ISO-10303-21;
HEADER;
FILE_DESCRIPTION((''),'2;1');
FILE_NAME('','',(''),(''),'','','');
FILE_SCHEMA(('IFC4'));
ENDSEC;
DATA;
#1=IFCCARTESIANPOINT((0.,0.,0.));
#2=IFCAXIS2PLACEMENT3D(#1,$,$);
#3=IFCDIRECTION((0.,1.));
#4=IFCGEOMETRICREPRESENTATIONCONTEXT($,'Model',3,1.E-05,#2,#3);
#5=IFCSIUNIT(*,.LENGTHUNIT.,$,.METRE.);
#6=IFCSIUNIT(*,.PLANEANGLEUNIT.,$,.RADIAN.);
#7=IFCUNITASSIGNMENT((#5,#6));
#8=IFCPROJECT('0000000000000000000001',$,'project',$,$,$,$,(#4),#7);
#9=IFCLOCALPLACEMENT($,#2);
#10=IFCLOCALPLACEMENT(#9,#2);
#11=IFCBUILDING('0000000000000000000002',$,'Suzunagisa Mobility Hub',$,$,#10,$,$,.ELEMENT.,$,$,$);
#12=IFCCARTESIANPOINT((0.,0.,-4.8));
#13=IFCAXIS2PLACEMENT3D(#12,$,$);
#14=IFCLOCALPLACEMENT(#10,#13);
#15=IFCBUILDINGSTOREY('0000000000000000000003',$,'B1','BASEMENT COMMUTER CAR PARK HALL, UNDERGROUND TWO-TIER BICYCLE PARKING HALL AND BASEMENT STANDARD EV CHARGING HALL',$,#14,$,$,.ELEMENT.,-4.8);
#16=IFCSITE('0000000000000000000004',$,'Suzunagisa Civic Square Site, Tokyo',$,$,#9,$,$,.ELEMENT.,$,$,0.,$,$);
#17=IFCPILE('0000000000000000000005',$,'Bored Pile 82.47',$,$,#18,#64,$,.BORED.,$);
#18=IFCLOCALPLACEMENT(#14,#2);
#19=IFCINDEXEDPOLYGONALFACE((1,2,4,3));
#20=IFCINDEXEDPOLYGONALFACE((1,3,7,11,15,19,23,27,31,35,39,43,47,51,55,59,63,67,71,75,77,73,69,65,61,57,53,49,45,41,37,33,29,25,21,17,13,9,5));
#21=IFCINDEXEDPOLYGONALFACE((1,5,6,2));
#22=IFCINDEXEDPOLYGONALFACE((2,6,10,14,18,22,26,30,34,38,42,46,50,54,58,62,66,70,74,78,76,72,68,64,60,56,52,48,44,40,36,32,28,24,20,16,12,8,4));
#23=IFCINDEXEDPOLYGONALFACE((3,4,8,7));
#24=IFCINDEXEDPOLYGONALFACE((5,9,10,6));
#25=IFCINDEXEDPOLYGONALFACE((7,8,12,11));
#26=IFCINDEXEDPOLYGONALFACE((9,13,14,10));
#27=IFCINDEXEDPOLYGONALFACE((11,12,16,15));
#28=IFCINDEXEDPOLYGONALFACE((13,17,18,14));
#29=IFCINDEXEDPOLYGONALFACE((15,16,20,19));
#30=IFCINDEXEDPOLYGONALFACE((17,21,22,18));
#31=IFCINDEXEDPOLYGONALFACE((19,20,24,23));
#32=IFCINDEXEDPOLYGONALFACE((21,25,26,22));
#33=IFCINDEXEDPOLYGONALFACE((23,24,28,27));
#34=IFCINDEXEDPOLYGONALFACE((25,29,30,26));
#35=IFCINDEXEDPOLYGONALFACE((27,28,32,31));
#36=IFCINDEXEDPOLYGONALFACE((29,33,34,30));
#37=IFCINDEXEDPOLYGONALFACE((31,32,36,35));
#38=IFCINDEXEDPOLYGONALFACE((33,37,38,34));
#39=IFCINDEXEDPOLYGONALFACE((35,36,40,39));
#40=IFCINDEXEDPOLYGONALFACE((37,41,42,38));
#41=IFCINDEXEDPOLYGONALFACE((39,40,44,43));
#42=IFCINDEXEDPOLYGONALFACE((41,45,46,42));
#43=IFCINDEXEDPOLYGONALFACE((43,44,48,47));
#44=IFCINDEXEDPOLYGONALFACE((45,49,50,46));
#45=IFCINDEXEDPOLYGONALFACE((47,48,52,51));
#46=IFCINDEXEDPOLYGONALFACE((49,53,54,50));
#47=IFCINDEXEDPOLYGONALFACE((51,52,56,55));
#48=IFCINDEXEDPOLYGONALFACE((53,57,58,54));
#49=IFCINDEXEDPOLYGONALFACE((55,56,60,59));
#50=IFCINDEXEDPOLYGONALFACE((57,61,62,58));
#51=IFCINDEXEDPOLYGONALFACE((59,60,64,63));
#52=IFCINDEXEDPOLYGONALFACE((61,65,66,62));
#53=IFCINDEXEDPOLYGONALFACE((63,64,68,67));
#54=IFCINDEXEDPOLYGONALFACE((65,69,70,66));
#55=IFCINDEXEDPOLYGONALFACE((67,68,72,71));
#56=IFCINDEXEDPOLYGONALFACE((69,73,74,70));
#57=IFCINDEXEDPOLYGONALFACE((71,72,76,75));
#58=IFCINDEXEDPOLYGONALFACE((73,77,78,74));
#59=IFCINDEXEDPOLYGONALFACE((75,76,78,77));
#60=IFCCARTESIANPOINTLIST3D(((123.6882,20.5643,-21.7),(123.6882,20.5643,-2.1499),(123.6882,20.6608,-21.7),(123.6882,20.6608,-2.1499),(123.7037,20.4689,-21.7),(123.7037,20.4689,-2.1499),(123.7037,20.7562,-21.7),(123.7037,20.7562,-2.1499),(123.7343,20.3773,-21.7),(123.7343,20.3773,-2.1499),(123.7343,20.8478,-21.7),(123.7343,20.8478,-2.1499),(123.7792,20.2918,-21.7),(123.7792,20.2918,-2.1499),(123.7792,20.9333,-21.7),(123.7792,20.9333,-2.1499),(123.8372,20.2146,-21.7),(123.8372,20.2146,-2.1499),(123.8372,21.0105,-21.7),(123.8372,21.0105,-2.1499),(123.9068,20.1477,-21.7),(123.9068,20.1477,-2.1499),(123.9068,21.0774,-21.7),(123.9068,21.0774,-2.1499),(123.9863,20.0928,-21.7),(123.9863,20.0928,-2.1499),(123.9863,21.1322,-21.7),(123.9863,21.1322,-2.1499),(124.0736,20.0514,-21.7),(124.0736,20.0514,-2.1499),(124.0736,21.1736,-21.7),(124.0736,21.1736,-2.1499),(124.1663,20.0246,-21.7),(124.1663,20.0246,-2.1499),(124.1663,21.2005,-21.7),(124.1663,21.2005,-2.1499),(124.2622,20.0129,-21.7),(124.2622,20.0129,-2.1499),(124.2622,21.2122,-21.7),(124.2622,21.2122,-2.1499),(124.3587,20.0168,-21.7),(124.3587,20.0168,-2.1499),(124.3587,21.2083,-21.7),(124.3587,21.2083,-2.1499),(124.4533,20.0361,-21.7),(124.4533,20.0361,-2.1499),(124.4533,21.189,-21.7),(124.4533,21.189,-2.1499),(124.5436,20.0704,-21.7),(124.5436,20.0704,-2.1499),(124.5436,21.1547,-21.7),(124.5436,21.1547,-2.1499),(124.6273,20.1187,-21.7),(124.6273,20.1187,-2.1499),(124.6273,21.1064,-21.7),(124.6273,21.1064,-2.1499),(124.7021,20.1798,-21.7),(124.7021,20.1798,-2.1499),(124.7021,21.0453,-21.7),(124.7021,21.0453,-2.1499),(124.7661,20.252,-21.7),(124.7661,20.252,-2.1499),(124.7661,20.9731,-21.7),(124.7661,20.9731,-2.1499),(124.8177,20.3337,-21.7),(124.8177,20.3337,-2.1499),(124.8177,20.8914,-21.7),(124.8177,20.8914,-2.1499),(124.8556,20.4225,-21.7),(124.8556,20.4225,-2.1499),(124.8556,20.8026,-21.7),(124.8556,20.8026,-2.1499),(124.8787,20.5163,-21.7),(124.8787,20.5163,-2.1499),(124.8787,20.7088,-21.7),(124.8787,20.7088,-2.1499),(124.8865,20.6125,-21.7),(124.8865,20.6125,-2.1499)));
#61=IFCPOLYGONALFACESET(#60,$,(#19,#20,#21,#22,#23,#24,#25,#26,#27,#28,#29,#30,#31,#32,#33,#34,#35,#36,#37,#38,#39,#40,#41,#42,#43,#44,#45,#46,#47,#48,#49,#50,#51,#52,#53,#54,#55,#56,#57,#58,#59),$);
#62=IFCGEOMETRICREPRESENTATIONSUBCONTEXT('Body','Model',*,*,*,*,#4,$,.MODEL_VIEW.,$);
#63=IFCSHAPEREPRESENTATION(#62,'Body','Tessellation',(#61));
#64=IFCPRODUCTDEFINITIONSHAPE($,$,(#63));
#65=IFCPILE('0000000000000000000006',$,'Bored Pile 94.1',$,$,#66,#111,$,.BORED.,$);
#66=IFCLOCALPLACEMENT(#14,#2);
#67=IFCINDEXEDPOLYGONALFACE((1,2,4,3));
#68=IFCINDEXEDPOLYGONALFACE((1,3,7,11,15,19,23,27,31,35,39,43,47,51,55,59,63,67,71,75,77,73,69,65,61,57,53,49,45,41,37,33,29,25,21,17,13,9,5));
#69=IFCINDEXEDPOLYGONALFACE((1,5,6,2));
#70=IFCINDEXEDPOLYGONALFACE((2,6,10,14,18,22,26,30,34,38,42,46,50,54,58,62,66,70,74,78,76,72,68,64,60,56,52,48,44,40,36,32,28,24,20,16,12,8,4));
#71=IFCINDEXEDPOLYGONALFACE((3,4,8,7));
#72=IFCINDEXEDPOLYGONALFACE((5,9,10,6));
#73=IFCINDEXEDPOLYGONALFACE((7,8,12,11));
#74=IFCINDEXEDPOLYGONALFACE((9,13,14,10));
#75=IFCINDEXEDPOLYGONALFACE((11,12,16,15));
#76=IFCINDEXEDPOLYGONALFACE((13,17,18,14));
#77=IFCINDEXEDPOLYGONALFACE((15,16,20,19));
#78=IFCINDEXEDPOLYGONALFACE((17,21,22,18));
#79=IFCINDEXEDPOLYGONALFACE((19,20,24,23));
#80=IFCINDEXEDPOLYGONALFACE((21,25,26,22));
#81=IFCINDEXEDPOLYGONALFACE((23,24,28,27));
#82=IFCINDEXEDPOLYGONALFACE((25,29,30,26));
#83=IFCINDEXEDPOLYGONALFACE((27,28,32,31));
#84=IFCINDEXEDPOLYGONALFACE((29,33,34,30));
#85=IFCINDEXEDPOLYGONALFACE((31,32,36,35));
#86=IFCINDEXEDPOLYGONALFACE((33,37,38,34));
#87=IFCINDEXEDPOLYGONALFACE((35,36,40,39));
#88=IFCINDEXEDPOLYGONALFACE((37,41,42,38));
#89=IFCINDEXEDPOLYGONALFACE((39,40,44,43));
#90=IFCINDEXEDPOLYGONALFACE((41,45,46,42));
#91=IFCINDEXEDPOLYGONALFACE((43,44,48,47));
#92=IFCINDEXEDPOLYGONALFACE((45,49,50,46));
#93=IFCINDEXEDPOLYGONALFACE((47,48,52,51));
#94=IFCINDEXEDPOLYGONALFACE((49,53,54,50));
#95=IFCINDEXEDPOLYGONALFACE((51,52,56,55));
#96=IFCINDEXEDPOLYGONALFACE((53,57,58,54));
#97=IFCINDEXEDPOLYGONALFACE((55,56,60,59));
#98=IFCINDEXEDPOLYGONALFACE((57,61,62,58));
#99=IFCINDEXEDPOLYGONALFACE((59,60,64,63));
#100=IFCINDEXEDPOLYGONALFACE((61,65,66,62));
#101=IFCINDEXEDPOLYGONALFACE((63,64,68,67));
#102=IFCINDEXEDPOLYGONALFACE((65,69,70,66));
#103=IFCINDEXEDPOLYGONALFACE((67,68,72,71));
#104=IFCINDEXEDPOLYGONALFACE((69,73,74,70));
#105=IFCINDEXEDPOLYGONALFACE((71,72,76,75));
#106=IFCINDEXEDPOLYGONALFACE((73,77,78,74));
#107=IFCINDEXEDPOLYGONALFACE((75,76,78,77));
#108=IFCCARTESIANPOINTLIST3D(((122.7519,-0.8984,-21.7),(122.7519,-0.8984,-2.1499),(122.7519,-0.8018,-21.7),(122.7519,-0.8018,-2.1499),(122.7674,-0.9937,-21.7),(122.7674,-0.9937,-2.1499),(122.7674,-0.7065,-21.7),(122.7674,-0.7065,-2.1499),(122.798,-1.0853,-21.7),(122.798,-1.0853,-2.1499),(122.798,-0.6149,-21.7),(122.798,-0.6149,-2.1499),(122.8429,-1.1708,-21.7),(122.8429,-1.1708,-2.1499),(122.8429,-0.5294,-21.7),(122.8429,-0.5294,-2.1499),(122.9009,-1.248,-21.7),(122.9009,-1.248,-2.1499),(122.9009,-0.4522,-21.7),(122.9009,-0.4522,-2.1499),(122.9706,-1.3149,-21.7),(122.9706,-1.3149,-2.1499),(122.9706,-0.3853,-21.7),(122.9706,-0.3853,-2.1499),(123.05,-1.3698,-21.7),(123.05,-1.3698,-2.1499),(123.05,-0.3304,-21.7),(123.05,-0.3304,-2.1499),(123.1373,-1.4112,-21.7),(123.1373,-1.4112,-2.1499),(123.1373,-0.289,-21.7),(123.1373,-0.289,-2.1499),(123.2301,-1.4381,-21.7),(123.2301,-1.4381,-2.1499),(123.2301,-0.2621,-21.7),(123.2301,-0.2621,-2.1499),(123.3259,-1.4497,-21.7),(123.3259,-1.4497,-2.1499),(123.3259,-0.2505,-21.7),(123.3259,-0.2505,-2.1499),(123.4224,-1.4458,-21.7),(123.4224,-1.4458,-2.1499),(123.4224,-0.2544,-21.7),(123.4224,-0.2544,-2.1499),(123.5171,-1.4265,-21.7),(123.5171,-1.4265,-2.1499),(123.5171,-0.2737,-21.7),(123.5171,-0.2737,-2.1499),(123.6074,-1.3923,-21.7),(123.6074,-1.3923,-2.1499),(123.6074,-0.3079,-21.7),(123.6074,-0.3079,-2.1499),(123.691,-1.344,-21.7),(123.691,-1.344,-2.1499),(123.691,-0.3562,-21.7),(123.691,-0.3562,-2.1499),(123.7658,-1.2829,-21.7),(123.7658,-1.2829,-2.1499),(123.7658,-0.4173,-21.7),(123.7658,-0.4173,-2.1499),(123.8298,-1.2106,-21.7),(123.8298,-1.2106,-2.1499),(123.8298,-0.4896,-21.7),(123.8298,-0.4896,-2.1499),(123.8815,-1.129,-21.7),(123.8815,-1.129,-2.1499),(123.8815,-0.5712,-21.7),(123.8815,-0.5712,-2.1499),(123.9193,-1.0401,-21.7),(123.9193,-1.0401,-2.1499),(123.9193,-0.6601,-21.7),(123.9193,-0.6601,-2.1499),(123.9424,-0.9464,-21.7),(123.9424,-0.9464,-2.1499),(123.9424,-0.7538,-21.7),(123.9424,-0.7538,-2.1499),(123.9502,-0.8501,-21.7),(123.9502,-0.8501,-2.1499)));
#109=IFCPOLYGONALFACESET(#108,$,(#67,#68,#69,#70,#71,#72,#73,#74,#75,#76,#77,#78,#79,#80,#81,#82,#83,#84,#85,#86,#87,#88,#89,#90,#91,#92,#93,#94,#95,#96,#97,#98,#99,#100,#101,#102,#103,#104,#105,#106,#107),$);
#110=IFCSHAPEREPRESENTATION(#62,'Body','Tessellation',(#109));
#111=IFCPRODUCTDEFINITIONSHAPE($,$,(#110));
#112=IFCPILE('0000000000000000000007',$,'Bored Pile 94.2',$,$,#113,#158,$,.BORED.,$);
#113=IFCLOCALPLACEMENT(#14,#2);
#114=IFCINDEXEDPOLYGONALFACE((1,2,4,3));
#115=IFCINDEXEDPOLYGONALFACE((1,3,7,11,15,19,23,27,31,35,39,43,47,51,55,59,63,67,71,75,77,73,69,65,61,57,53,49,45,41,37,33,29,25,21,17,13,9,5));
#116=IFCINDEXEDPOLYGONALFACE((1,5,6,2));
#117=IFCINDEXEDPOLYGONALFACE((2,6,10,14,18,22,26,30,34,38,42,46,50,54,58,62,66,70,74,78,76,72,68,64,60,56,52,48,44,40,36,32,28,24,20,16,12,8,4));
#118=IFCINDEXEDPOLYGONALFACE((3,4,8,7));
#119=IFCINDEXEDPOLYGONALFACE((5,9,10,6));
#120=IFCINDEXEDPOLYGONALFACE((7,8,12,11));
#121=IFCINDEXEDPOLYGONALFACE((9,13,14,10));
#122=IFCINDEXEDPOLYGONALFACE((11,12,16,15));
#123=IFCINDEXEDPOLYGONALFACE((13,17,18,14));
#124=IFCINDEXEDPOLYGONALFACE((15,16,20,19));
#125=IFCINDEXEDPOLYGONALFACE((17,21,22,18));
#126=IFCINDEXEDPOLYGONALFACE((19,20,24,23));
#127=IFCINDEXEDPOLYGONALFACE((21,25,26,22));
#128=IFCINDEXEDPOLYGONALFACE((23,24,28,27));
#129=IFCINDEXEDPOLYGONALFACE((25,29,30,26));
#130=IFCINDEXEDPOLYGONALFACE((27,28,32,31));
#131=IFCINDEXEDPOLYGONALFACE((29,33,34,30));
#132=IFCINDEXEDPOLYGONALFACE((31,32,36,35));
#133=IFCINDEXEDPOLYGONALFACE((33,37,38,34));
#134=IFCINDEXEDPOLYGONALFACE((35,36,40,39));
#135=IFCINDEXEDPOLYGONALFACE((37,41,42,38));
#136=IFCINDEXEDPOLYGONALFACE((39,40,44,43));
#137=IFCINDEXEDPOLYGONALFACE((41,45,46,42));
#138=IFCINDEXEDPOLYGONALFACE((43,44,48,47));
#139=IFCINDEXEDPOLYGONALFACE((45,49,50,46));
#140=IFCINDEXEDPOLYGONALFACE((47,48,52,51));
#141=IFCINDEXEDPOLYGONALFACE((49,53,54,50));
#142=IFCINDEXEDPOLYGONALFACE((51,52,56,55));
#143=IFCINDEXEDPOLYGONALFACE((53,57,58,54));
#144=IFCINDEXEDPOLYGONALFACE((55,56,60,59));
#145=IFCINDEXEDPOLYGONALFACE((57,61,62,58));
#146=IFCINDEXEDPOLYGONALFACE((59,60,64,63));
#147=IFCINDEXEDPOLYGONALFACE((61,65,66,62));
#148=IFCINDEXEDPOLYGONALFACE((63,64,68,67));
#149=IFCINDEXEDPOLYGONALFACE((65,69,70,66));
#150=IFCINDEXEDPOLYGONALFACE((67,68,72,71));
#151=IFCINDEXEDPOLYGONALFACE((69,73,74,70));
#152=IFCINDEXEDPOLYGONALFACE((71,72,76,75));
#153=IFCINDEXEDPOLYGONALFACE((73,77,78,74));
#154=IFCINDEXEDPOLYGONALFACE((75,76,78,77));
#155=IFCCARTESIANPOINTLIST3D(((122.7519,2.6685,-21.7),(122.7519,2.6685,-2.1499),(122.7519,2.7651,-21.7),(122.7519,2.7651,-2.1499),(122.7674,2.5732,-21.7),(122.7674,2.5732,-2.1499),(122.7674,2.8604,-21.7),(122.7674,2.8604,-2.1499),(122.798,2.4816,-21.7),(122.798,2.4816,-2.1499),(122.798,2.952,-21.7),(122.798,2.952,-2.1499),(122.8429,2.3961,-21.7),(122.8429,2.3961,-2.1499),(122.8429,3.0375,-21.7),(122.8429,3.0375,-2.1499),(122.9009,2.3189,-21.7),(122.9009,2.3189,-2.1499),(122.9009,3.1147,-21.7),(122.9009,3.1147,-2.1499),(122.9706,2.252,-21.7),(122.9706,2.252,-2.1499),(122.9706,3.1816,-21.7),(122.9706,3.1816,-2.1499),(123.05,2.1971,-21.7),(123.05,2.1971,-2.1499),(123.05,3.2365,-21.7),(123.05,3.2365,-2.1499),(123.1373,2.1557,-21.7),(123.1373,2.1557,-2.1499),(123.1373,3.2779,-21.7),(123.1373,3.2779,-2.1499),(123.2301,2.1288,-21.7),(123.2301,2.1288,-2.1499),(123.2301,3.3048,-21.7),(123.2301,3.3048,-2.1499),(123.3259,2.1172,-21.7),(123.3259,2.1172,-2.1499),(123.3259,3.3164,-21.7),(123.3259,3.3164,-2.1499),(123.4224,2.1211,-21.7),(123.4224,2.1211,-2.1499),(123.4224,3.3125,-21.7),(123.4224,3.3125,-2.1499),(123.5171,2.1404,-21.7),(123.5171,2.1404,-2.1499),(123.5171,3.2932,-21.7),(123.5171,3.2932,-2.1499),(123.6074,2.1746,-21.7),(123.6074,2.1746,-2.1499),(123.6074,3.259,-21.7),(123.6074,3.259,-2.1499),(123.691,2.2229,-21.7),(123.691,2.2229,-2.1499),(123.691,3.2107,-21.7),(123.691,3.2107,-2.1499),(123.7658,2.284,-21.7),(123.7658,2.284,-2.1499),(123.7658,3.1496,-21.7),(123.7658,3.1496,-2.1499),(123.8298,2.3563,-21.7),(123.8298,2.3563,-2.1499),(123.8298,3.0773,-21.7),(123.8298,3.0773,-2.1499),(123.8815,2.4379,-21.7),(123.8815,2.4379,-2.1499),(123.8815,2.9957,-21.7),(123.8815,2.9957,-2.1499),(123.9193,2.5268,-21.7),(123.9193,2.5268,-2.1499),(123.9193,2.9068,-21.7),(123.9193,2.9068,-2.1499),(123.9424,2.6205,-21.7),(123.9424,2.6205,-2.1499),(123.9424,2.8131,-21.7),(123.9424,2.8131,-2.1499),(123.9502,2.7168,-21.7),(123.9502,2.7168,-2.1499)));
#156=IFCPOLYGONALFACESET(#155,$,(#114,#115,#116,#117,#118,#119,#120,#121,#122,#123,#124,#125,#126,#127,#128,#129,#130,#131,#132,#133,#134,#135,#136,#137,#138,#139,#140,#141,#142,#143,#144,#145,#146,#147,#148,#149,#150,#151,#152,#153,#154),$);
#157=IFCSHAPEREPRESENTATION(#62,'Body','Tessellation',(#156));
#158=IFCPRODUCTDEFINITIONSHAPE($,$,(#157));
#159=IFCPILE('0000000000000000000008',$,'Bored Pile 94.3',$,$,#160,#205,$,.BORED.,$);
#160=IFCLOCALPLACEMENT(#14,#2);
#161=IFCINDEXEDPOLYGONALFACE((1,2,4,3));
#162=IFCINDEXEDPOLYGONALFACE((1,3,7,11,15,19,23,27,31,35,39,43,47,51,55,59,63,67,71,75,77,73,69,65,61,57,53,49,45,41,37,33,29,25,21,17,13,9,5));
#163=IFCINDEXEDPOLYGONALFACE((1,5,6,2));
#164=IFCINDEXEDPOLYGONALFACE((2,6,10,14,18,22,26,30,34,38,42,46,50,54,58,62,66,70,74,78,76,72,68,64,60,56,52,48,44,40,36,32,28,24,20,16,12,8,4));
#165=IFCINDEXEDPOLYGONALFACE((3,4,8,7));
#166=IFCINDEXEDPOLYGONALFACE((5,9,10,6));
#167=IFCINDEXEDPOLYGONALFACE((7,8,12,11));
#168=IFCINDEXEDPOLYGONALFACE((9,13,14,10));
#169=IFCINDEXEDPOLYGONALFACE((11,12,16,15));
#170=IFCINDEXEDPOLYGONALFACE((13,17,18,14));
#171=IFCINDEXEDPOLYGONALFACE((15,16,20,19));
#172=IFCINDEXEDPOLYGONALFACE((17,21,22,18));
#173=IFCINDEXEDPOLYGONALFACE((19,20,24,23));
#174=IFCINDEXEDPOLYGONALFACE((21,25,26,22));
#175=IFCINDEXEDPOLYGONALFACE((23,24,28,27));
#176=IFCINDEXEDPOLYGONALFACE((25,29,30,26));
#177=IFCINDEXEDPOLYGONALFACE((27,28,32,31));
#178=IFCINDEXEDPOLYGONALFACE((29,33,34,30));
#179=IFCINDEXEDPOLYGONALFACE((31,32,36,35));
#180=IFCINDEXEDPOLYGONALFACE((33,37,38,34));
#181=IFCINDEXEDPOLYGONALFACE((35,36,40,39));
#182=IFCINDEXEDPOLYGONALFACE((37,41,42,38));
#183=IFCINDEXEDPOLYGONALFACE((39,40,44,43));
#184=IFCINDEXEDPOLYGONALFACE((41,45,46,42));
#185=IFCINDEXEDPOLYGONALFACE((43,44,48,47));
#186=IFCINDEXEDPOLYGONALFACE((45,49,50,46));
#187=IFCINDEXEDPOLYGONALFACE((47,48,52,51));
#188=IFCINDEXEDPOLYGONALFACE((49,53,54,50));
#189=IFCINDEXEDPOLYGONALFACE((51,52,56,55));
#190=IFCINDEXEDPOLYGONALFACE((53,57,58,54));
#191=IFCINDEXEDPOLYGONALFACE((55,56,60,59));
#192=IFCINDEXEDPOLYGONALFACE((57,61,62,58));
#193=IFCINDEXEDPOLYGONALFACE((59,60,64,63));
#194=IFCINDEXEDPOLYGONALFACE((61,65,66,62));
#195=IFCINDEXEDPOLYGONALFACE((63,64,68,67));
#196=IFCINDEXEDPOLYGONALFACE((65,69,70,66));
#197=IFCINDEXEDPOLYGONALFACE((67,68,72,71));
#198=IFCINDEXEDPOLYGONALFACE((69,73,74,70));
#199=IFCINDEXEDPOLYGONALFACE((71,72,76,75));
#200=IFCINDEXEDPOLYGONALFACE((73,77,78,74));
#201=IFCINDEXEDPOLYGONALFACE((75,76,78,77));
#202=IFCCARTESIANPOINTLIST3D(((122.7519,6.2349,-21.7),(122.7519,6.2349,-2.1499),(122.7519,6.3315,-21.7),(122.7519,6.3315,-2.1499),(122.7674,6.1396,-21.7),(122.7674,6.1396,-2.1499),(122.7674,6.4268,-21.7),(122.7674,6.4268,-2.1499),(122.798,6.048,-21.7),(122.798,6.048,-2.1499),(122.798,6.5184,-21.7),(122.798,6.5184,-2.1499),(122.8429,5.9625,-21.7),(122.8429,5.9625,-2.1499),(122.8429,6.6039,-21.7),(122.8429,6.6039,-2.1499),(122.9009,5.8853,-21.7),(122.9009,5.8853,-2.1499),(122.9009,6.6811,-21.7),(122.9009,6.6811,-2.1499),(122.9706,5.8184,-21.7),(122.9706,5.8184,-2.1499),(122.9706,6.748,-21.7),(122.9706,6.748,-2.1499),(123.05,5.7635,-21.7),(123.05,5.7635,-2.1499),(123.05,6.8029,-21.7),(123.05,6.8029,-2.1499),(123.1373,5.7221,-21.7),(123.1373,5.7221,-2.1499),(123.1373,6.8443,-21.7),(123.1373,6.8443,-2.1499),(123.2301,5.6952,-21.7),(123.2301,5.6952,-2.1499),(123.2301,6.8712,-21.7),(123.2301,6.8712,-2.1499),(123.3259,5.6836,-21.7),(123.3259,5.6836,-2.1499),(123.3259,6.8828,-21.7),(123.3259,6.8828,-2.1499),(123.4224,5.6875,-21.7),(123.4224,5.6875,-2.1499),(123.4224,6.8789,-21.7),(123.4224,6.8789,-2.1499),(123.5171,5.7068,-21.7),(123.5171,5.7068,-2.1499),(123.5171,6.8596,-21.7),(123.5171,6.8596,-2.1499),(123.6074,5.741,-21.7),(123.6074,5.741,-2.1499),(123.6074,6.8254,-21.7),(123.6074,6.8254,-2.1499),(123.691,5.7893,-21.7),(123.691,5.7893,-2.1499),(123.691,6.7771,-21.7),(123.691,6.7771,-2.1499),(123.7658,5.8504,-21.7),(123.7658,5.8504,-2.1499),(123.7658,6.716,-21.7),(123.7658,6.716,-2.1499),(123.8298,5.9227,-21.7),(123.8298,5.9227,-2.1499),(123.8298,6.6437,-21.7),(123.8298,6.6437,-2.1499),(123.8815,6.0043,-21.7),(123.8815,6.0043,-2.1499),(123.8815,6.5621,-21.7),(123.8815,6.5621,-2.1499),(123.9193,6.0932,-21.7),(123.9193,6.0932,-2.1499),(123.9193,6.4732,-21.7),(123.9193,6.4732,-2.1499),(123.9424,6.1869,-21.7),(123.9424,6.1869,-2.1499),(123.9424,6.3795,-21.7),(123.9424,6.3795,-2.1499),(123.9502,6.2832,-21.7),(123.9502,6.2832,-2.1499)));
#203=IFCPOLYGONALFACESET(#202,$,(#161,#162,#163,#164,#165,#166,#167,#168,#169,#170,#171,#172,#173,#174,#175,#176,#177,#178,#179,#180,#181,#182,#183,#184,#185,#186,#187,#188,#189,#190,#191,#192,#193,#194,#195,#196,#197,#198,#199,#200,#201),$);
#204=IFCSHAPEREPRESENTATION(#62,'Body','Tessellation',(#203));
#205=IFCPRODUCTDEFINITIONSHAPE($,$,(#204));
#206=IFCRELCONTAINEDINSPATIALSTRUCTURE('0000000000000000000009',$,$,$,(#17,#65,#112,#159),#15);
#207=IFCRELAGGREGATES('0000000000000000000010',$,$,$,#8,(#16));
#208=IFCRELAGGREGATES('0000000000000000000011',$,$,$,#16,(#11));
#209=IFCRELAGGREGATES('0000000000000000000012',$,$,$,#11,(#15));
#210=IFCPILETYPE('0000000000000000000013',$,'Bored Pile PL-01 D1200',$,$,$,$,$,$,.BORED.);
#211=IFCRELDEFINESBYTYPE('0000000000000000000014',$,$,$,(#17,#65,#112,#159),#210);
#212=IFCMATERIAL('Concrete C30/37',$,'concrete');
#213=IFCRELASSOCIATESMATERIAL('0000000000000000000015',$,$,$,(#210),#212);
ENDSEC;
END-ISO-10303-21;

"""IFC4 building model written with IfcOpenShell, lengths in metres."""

from ifc_helpers import new_model, si_unit, direction, frame, origin, origin_2d, place, context, subcontext, project, spatial, circle, extrude, material, material_profile, profile_set, type_object, element, save


model = new_model("IFC4")

# Units and contexts
model_context = context("Model", 3, precision=1e-05, world=origin(), true_north=direction((0.0, 1.0)))
body_context = subcontext(model_context, "Body", "Model", "MODEL_VIEW")
ifc_project = project(units=[si_unit("LENGTHUNIT", "METRE"), si_unit("PLANEANGLEUNIT", "RADIAN")], contexts=[model_context])

# Site, building, storey
site_placement = place(None, origin())
site = spatial("IfcSite", under=ifc_project, at=site_placement, Name="Suzunagisa Civic Square Site, Tokyo", CompositionType="ELEMENT", RefElevation=0.0)
building_placement = place(site_placement, origin())
building = spatial("IfcBuilding", under=site, at=building_placement, Name="Suzunagisa Mobility Hub", CompositionType="ELEMENT")
storey_placement = place(building_placement, frame((0.0, 0.0, -4.8)))
storey = spatial("IfcBuildingStorey", under=building, at=storey_placement, Name="B1", Description="BASEMENT COMMUTER CAR PARK HALL, UNDERGROUND TWO-TIER BICYCLE PARKING HALL AND BASEMENT STANDARD EV CHARGING HALL", CompositionType="ELEMENT", Elevation=-4.8)

# Piles
ifc_material_1 = material(Name="Concrete C30/37", Category="concrete")
ifc_material_profile_1 = material_profile(ifc_material_1, circle(Radius=0.6001, at=origin_2d()), Name="BORED PILE D1200")
ifc_profile_set_1 = profile_set([ifc_material_profile_1], Name="Concrete C30/37")
pile_type = type_object("IfcPileType", Name="Bored Pile PL-01 D1200", PredefinedType="BORED", material=ifc_profile_set_1)
for number, where, z_axis, x_axis, name in (
    (1, (124.2864, 20.6125, -2.1499), (0.0, 0.0, -1.0), (1.0, 0.0, 0.0), "Bored Pile 82.47"),
    (2, (123.3501, -0.8501, -2.1499), (0.0, 0.0, -1.0), (1.0, 0.0, 0.0), "Bored Pile 94.1"),
    (3, (123.3501, 2.7168, -2.1499), (0.0, 0.0, -1.0), (1.0, 0.0, 0.0), "Bored Pile 94.2"),
    (4, (123.3501, 6.2832, -2.1499), (0.0, 0.0, -1.0), (1.0, 0.0, 0.0), "Bored Pile 94.3"),
):
    element("IfcPile", number, at=place(storey_placement, frame(where, z_axis=z_axis, x_axis=x_axis)), inside=storey, type_object=pile_type, Name=name, PredefinedType="BORED", context=body_context, shape_type="SweptSolid", body=[
        extrude(circle(Radius=0.6001, at=origin_2d()), origin(), (0.0, 0.0, 1.0), 19.55),
    ])

save(model, "model.ifc")
